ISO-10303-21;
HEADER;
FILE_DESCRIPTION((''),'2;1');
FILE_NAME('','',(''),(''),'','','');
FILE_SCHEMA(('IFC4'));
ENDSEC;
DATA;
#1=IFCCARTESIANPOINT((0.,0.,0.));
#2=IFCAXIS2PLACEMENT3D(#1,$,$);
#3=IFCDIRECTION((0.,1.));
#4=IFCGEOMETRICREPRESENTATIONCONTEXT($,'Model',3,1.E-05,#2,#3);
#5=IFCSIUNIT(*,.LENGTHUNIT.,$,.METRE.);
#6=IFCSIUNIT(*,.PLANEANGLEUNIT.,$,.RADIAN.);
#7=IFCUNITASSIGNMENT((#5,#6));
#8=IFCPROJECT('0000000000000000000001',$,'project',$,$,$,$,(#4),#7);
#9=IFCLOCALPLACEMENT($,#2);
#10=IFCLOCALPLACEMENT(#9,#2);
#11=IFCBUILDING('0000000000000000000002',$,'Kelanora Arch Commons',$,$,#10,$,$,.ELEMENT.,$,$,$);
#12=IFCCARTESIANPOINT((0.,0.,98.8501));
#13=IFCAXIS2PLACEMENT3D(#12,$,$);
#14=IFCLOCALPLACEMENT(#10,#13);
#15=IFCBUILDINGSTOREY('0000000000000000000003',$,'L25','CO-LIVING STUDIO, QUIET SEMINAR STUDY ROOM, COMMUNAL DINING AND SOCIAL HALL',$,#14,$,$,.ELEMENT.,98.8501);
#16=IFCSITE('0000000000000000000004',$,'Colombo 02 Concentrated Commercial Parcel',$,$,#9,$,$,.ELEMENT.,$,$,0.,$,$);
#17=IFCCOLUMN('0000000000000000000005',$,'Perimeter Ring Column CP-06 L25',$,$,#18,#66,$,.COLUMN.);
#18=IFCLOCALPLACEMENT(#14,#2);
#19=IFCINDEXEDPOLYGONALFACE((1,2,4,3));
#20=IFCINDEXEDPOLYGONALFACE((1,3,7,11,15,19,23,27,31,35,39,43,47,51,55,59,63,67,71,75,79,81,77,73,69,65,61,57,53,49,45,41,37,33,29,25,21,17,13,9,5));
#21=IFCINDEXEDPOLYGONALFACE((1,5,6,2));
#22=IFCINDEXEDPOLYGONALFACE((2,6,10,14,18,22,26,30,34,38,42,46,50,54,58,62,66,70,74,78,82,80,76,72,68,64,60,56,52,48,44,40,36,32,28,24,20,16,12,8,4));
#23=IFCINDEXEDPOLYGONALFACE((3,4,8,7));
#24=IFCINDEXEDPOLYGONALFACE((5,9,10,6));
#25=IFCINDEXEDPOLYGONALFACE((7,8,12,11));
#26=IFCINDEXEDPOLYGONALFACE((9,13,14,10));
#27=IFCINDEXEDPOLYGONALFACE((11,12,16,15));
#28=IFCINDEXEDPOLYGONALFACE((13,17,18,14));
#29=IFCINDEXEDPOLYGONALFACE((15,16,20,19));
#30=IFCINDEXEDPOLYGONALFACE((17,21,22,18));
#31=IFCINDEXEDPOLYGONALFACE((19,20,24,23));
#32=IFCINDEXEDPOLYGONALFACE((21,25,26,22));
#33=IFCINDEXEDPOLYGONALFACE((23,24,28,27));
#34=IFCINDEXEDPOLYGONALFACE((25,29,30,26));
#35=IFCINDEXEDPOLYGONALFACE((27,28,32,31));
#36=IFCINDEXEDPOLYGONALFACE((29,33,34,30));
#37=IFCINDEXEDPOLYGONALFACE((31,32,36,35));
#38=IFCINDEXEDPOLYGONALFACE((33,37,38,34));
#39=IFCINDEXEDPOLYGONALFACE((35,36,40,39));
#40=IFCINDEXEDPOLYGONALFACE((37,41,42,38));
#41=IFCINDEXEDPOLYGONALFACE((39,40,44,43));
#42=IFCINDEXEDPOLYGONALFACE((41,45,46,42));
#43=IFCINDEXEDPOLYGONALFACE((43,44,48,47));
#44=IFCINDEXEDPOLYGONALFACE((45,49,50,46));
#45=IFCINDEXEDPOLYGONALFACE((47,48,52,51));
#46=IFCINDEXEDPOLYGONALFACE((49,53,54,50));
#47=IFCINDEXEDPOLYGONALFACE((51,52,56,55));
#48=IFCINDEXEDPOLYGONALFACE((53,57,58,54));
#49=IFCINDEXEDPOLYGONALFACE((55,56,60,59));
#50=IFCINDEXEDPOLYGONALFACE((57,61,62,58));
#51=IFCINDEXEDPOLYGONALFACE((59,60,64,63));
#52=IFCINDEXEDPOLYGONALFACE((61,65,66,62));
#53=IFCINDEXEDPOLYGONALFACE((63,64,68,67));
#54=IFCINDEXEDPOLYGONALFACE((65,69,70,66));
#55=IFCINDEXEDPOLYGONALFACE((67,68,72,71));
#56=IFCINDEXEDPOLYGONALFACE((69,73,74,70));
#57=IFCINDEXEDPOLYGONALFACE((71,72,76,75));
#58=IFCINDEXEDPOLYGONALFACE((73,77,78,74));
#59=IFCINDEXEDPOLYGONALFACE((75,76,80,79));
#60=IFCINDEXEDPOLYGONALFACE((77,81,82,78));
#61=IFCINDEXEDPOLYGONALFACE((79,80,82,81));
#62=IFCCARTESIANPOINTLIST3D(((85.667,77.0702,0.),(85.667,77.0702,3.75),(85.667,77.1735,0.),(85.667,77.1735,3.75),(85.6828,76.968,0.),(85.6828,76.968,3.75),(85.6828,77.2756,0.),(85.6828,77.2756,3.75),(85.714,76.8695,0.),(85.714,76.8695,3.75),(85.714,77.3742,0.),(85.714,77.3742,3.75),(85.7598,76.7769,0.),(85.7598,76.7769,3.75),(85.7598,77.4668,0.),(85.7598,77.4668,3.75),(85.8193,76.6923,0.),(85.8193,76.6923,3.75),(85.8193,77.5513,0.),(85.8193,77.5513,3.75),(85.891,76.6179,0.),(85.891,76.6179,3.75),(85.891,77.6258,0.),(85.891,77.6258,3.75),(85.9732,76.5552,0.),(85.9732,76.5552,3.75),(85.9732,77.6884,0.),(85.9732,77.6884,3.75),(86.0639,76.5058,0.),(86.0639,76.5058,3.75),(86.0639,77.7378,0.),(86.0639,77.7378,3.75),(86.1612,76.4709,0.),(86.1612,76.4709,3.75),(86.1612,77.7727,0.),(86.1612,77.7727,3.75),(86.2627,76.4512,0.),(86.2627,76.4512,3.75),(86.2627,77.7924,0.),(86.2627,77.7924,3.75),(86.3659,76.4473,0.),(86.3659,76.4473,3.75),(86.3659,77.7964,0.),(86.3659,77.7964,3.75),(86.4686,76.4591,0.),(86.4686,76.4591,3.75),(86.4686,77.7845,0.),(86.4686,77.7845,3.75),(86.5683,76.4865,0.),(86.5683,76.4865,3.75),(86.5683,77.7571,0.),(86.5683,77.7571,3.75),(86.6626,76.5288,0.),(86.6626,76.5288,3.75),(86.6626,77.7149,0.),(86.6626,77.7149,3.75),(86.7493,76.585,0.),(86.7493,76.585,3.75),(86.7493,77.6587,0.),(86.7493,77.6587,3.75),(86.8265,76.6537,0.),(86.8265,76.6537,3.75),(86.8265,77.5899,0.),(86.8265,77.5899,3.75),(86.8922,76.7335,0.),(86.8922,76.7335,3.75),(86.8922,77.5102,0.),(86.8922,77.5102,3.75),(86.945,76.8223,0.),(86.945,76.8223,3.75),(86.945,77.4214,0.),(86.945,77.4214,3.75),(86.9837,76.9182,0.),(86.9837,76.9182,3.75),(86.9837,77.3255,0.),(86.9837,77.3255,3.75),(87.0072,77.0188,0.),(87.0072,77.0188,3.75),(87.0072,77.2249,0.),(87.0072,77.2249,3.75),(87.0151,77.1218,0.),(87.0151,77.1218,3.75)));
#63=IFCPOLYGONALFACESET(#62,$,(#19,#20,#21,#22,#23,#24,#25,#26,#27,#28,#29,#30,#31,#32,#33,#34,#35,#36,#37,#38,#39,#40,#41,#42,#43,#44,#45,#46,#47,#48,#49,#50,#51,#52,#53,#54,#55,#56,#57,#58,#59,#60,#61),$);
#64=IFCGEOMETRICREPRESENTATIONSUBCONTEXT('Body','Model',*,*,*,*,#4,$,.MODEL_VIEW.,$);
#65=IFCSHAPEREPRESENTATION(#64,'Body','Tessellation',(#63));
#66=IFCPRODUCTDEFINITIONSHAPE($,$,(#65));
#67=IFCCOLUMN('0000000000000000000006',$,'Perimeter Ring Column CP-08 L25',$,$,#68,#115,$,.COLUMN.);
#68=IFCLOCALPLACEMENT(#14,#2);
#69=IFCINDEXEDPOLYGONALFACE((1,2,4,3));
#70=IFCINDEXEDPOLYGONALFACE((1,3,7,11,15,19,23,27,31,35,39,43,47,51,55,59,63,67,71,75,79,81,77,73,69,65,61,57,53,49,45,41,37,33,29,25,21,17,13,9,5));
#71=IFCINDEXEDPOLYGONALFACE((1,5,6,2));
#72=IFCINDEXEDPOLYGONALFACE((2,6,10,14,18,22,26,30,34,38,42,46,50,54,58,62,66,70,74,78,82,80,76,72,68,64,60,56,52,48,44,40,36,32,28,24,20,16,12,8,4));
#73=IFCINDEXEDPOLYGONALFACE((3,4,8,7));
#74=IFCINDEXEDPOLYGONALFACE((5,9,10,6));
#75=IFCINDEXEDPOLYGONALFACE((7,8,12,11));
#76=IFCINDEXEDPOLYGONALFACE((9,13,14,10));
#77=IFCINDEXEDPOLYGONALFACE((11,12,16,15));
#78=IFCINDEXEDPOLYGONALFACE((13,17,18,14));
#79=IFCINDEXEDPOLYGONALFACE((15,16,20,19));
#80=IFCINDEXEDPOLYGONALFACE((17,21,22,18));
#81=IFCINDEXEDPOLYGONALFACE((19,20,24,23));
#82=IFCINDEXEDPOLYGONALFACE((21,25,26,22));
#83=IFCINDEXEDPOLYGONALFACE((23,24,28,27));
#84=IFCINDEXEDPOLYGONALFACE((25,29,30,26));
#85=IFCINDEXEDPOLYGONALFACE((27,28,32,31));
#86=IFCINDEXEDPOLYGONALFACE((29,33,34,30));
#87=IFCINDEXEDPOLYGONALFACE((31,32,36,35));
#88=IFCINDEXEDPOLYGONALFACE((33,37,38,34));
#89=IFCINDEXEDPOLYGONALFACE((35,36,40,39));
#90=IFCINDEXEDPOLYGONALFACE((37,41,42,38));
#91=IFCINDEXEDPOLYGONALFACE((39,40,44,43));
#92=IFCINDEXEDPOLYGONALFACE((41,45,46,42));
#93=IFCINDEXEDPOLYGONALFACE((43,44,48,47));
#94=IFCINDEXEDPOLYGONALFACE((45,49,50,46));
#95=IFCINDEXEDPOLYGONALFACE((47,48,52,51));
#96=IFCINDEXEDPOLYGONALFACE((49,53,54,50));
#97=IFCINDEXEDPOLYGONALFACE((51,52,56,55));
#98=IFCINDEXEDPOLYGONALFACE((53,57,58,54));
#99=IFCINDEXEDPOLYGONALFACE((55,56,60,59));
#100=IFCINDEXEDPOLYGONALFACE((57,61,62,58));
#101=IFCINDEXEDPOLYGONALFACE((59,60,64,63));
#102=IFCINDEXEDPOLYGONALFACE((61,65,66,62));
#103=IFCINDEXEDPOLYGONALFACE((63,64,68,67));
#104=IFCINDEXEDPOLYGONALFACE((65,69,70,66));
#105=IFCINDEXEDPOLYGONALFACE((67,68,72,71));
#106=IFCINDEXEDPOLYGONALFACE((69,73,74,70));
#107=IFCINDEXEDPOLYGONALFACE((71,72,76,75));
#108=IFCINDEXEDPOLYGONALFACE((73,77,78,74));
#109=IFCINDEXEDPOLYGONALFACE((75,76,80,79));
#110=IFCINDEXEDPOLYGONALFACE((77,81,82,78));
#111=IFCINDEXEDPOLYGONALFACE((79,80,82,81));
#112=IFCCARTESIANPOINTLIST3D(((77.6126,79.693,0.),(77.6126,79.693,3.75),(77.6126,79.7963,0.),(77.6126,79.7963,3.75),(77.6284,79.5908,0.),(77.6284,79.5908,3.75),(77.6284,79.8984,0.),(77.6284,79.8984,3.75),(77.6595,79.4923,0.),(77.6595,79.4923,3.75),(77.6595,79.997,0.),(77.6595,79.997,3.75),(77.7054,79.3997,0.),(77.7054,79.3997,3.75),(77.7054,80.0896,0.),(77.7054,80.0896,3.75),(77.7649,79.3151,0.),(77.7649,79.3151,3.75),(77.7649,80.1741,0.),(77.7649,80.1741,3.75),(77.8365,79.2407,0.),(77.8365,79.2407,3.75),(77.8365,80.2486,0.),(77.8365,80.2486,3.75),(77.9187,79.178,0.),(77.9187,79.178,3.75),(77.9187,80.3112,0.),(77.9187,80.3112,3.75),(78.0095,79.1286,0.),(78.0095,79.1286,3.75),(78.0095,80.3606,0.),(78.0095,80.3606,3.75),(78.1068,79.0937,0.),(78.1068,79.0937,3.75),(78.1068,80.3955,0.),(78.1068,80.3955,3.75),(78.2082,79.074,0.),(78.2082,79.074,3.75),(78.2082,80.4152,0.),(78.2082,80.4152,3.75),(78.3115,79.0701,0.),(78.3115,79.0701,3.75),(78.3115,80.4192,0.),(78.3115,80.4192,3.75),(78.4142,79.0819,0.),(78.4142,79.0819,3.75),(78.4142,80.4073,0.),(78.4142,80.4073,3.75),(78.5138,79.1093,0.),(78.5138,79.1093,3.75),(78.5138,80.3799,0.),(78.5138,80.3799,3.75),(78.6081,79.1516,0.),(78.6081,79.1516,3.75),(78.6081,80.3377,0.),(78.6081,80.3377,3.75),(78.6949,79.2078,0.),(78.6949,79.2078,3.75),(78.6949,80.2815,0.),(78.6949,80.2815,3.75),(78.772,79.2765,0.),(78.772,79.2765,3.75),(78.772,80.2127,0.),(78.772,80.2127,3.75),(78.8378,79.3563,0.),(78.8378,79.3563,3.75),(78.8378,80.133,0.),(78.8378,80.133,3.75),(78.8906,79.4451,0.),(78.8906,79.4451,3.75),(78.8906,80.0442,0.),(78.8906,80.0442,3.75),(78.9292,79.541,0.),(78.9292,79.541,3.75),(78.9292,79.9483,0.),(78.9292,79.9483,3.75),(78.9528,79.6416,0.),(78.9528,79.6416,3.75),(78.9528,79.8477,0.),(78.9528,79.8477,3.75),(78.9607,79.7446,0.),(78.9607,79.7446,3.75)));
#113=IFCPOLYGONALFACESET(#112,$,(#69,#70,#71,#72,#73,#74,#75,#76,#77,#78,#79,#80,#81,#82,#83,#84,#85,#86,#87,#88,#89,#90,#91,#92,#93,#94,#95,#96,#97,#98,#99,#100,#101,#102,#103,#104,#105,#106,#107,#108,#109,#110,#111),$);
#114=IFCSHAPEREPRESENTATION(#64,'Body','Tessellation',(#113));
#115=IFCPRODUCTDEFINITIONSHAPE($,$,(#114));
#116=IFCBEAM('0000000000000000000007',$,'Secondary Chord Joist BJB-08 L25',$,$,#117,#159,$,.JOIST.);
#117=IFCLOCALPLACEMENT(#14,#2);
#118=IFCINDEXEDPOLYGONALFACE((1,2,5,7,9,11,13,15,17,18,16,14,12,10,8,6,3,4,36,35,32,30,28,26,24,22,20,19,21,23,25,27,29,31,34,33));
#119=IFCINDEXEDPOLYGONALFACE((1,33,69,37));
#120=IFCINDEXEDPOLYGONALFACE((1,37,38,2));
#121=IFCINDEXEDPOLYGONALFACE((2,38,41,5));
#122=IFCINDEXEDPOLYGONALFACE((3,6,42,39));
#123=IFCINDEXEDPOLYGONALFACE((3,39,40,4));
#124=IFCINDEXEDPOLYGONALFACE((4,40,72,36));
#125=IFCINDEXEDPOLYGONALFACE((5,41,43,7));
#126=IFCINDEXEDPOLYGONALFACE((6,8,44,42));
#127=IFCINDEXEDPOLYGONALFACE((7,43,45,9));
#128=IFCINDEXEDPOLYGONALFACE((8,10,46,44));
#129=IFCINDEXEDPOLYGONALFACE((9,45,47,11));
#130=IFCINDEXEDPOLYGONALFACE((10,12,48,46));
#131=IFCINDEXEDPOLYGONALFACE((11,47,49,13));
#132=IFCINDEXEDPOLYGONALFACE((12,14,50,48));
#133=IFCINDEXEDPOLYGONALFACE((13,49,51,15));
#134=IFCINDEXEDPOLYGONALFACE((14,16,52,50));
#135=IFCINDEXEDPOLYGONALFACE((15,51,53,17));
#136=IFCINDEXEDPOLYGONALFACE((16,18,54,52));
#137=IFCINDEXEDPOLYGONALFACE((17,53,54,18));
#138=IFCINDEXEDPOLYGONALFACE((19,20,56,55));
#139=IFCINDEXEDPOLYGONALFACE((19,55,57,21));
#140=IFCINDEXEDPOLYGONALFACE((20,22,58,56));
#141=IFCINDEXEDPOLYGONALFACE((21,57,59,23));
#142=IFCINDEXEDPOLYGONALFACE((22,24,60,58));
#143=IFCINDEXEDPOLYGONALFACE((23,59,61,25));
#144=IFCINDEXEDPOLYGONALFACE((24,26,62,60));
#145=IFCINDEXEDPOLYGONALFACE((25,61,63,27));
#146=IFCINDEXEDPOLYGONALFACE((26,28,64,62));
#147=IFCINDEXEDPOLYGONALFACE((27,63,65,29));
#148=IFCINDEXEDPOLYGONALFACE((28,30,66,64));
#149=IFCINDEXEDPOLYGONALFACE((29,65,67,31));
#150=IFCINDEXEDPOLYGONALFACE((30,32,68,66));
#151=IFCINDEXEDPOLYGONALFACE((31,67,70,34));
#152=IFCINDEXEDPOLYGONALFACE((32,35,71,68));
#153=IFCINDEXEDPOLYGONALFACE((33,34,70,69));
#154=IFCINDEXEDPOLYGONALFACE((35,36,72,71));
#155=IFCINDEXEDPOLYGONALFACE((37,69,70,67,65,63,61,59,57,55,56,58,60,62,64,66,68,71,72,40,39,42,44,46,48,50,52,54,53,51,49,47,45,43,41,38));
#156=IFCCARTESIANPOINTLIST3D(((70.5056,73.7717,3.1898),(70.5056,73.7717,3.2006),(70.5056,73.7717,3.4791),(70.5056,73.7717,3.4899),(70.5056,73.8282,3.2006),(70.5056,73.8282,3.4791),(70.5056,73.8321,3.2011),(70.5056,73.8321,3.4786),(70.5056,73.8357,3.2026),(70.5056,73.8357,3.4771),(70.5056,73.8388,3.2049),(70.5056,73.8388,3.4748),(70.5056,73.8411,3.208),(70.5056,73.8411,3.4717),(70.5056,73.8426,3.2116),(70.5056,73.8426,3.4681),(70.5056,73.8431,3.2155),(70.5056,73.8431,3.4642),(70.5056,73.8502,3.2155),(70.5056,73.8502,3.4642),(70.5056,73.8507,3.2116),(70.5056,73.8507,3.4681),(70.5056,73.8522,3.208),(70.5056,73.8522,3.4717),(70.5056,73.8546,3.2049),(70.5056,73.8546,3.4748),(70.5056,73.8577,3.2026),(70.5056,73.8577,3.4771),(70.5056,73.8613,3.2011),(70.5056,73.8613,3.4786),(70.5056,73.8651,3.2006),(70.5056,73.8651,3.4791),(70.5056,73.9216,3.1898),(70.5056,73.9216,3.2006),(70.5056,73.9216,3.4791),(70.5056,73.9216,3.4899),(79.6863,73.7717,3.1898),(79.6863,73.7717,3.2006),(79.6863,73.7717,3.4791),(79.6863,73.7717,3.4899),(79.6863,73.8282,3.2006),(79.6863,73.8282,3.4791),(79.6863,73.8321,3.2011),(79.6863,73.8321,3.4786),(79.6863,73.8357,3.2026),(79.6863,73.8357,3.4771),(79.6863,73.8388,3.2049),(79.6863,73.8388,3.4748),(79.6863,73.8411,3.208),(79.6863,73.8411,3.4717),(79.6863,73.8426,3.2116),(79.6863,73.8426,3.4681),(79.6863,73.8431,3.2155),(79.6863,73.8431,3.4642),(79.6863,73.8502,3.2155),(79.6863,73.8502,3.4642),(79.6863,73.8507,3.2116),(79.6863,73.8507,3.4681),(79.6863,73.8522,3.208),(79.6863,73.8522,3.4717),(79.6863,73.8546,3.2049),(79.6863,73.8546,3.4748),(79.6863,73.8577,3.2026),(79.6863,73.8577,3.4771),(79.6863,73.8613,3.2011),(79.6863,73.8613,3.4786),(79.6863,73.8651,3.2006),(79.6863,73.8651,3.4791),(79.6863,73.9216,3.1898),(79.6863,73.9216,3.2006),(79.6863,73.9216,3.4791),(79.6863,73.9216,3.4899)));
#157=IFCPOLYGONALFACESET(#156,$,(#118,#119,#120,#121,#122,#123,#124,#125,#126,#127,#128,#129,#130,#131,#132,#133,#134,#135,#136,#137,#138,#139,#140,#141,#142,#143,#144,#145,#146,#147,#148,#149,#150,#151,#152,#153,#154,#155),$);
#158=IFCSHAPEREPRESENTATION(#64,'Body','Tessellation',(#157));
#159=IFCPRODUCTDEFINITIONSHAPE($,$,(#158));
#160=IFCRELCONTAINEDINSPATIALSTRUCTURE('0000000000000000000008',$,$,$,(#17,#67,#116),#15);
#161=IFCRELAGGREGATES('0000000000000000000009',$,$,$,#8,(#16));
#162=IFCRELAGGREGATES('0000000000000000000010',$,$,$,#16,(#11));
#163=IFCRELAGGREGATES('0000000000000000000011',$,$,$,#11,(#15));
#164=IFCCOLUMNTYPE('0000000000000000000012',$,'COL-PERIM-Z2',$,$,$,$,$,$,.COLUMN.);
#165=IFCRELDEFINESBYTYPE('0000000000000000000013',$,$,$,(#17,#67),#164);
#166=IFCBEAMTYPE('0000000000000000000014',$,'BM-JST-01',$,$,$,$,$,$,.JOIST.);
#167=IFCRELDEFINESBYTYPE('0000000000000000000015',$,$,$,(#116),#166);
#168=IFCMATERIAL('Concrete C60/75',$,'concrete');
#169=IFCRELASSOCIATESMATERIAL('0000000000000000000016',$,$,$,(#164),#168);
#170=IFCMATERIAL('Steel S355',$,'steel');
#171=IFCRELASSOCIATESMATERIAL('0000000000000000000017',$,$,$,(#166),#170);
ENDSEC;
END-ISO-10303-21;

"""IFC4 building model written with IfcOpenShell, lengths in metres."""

from ifc_helpers import new_model, si_unit, direction, frame, origin, origin_2d, place, context, subcontext, project, spatial, circle, i_section, extrude, material, material_profile, profile_set, type_object, element, save


model = new_model("IFC4")

# Units and contexts
model_context = context("Model", 3, precision=1e-05, world=origin(), true_north=direction((0.0, 1.0)))
body_context = subcontext(model_context, "Body", "Model", "MODEL_VIEW")
ifc_project = project(units=[si_unit("LENGTHUNIT", "METRE"), si_unit("PLANEANGLEUNIT", "RADIAN")], contexts=[model_context])

# Site, building, storey
site_placement = place(None, origin())
site = spatial("IfcSite", under=ifc_project, at=site_placement, Name="Colombo 02 Concentrated Commercial Parcel", CompositionType="ELEMENT", RefElevation=0.0)
building_placement = place(site_placement, origin())
building = spatial("IfcBuilding", under=site, at=building_placement, Name="Kelanora Arch Commons", CompositionType="ELEMENT")
storey_placement = place(building_placement, frame((0.0, 0.0, 98.8501)))
storey = spatial("IfcBuildingStorey", under=building, at=storey_placement, Name="L25", Description="CO-LIVING STUDIO, QUIET SEMINAR STUDY ROOM, COMMUNAL DINING AND SOCIAL HALL", CompositionType="ELEMENT", Elevation=98.8501)

# Columns
ifc_material_1 = material(Name="Concrete C60/75", Category="concrete")
ifc_material_profile_1 = material_profile(ifc_material_1, circle(Radius=0.675, at=origin_2d()), Name="RCC1350")
ifc_profile_set_1 = profile_set([ifc_material_profile_1], Name="Concrete C60/75")
column_type = type_object("IfcColumnType", Name="COL-PERIM-Z2", PredefinedType="COLUMN", material=ifc_profile_set_1)
for number, where, z_axis, x_axis, name in (
    (1, (86.3401, 77.1218, 0.0), (0.0, 0.0, 1.0), (1.0, 0.0, 0.0), "Perimeter Ring Column CP-06 L25"),
    (2, (78.2856, 79.7446, 0.0), (0.0, 0.0, 1.0), (1.0, 0.0, 0.0), "Perimeter Ring Column CP-08 L25"),
):
    element("IfcColumn", number, at=place(storey_placement, frame(where, z_axis=z_axis, x_axis=x_axis)), inside=storey, type_object=column_type, Name=name, PredefinedType="COLUMN", context=body_context, shape_type="SweptSolid", body=[
        extrude(circle(Radius=0.675, at=origin_2d()), origin(), (0.0, 0.0, 1.0), 3.75),
    ])

# Beam
ifc_material_2 = material(Name="Steel S355", Category="steel")
ifc_material_profile_2 = material_profile(ifc_material_2, i_section(OverallWidth=0.1499, OverallDepth=0.3, WebThickness=0.0071, FlangeThickness=0.0107, FilletRadius=0.0149, at=origin_2d()), Name="IPE300")
ifc_profile_set_2 = profile_set([ifc_material_profile_2], Name="Steel S355")
beam_type_1 = type_object("IfcBeamType", Name="BM-JST-01", PredefinedType="JOIST", material=ifc_profile_set_2)
beam_1_placement = place(storey_placement, frame((79.6863, 73.8467, 3.3398), z_axis=(-1.0, 0.0, 0.0), x_axis=(0.0, -1.0, 0.0)))
element("IfcBeam", 3, at=beam_1_placement, inside=storey, type_object=beam_type_1, Name="Secondary Chord Joist BJB-08 L25", PredefinedType="JOIST", context=body_context, shape_type="SweptSolid", body=[
    extrude(i_section(OverallWidth=0.1499, OverallDepth=0.3, WebThickness=0.0071, FlangeThickness=0.0107, FilletRadius=0.0149, at=origin_2d()), origin(), (0.0, 0.0, 1.0), 9.1807),
])

save(model, "model.ifc")
